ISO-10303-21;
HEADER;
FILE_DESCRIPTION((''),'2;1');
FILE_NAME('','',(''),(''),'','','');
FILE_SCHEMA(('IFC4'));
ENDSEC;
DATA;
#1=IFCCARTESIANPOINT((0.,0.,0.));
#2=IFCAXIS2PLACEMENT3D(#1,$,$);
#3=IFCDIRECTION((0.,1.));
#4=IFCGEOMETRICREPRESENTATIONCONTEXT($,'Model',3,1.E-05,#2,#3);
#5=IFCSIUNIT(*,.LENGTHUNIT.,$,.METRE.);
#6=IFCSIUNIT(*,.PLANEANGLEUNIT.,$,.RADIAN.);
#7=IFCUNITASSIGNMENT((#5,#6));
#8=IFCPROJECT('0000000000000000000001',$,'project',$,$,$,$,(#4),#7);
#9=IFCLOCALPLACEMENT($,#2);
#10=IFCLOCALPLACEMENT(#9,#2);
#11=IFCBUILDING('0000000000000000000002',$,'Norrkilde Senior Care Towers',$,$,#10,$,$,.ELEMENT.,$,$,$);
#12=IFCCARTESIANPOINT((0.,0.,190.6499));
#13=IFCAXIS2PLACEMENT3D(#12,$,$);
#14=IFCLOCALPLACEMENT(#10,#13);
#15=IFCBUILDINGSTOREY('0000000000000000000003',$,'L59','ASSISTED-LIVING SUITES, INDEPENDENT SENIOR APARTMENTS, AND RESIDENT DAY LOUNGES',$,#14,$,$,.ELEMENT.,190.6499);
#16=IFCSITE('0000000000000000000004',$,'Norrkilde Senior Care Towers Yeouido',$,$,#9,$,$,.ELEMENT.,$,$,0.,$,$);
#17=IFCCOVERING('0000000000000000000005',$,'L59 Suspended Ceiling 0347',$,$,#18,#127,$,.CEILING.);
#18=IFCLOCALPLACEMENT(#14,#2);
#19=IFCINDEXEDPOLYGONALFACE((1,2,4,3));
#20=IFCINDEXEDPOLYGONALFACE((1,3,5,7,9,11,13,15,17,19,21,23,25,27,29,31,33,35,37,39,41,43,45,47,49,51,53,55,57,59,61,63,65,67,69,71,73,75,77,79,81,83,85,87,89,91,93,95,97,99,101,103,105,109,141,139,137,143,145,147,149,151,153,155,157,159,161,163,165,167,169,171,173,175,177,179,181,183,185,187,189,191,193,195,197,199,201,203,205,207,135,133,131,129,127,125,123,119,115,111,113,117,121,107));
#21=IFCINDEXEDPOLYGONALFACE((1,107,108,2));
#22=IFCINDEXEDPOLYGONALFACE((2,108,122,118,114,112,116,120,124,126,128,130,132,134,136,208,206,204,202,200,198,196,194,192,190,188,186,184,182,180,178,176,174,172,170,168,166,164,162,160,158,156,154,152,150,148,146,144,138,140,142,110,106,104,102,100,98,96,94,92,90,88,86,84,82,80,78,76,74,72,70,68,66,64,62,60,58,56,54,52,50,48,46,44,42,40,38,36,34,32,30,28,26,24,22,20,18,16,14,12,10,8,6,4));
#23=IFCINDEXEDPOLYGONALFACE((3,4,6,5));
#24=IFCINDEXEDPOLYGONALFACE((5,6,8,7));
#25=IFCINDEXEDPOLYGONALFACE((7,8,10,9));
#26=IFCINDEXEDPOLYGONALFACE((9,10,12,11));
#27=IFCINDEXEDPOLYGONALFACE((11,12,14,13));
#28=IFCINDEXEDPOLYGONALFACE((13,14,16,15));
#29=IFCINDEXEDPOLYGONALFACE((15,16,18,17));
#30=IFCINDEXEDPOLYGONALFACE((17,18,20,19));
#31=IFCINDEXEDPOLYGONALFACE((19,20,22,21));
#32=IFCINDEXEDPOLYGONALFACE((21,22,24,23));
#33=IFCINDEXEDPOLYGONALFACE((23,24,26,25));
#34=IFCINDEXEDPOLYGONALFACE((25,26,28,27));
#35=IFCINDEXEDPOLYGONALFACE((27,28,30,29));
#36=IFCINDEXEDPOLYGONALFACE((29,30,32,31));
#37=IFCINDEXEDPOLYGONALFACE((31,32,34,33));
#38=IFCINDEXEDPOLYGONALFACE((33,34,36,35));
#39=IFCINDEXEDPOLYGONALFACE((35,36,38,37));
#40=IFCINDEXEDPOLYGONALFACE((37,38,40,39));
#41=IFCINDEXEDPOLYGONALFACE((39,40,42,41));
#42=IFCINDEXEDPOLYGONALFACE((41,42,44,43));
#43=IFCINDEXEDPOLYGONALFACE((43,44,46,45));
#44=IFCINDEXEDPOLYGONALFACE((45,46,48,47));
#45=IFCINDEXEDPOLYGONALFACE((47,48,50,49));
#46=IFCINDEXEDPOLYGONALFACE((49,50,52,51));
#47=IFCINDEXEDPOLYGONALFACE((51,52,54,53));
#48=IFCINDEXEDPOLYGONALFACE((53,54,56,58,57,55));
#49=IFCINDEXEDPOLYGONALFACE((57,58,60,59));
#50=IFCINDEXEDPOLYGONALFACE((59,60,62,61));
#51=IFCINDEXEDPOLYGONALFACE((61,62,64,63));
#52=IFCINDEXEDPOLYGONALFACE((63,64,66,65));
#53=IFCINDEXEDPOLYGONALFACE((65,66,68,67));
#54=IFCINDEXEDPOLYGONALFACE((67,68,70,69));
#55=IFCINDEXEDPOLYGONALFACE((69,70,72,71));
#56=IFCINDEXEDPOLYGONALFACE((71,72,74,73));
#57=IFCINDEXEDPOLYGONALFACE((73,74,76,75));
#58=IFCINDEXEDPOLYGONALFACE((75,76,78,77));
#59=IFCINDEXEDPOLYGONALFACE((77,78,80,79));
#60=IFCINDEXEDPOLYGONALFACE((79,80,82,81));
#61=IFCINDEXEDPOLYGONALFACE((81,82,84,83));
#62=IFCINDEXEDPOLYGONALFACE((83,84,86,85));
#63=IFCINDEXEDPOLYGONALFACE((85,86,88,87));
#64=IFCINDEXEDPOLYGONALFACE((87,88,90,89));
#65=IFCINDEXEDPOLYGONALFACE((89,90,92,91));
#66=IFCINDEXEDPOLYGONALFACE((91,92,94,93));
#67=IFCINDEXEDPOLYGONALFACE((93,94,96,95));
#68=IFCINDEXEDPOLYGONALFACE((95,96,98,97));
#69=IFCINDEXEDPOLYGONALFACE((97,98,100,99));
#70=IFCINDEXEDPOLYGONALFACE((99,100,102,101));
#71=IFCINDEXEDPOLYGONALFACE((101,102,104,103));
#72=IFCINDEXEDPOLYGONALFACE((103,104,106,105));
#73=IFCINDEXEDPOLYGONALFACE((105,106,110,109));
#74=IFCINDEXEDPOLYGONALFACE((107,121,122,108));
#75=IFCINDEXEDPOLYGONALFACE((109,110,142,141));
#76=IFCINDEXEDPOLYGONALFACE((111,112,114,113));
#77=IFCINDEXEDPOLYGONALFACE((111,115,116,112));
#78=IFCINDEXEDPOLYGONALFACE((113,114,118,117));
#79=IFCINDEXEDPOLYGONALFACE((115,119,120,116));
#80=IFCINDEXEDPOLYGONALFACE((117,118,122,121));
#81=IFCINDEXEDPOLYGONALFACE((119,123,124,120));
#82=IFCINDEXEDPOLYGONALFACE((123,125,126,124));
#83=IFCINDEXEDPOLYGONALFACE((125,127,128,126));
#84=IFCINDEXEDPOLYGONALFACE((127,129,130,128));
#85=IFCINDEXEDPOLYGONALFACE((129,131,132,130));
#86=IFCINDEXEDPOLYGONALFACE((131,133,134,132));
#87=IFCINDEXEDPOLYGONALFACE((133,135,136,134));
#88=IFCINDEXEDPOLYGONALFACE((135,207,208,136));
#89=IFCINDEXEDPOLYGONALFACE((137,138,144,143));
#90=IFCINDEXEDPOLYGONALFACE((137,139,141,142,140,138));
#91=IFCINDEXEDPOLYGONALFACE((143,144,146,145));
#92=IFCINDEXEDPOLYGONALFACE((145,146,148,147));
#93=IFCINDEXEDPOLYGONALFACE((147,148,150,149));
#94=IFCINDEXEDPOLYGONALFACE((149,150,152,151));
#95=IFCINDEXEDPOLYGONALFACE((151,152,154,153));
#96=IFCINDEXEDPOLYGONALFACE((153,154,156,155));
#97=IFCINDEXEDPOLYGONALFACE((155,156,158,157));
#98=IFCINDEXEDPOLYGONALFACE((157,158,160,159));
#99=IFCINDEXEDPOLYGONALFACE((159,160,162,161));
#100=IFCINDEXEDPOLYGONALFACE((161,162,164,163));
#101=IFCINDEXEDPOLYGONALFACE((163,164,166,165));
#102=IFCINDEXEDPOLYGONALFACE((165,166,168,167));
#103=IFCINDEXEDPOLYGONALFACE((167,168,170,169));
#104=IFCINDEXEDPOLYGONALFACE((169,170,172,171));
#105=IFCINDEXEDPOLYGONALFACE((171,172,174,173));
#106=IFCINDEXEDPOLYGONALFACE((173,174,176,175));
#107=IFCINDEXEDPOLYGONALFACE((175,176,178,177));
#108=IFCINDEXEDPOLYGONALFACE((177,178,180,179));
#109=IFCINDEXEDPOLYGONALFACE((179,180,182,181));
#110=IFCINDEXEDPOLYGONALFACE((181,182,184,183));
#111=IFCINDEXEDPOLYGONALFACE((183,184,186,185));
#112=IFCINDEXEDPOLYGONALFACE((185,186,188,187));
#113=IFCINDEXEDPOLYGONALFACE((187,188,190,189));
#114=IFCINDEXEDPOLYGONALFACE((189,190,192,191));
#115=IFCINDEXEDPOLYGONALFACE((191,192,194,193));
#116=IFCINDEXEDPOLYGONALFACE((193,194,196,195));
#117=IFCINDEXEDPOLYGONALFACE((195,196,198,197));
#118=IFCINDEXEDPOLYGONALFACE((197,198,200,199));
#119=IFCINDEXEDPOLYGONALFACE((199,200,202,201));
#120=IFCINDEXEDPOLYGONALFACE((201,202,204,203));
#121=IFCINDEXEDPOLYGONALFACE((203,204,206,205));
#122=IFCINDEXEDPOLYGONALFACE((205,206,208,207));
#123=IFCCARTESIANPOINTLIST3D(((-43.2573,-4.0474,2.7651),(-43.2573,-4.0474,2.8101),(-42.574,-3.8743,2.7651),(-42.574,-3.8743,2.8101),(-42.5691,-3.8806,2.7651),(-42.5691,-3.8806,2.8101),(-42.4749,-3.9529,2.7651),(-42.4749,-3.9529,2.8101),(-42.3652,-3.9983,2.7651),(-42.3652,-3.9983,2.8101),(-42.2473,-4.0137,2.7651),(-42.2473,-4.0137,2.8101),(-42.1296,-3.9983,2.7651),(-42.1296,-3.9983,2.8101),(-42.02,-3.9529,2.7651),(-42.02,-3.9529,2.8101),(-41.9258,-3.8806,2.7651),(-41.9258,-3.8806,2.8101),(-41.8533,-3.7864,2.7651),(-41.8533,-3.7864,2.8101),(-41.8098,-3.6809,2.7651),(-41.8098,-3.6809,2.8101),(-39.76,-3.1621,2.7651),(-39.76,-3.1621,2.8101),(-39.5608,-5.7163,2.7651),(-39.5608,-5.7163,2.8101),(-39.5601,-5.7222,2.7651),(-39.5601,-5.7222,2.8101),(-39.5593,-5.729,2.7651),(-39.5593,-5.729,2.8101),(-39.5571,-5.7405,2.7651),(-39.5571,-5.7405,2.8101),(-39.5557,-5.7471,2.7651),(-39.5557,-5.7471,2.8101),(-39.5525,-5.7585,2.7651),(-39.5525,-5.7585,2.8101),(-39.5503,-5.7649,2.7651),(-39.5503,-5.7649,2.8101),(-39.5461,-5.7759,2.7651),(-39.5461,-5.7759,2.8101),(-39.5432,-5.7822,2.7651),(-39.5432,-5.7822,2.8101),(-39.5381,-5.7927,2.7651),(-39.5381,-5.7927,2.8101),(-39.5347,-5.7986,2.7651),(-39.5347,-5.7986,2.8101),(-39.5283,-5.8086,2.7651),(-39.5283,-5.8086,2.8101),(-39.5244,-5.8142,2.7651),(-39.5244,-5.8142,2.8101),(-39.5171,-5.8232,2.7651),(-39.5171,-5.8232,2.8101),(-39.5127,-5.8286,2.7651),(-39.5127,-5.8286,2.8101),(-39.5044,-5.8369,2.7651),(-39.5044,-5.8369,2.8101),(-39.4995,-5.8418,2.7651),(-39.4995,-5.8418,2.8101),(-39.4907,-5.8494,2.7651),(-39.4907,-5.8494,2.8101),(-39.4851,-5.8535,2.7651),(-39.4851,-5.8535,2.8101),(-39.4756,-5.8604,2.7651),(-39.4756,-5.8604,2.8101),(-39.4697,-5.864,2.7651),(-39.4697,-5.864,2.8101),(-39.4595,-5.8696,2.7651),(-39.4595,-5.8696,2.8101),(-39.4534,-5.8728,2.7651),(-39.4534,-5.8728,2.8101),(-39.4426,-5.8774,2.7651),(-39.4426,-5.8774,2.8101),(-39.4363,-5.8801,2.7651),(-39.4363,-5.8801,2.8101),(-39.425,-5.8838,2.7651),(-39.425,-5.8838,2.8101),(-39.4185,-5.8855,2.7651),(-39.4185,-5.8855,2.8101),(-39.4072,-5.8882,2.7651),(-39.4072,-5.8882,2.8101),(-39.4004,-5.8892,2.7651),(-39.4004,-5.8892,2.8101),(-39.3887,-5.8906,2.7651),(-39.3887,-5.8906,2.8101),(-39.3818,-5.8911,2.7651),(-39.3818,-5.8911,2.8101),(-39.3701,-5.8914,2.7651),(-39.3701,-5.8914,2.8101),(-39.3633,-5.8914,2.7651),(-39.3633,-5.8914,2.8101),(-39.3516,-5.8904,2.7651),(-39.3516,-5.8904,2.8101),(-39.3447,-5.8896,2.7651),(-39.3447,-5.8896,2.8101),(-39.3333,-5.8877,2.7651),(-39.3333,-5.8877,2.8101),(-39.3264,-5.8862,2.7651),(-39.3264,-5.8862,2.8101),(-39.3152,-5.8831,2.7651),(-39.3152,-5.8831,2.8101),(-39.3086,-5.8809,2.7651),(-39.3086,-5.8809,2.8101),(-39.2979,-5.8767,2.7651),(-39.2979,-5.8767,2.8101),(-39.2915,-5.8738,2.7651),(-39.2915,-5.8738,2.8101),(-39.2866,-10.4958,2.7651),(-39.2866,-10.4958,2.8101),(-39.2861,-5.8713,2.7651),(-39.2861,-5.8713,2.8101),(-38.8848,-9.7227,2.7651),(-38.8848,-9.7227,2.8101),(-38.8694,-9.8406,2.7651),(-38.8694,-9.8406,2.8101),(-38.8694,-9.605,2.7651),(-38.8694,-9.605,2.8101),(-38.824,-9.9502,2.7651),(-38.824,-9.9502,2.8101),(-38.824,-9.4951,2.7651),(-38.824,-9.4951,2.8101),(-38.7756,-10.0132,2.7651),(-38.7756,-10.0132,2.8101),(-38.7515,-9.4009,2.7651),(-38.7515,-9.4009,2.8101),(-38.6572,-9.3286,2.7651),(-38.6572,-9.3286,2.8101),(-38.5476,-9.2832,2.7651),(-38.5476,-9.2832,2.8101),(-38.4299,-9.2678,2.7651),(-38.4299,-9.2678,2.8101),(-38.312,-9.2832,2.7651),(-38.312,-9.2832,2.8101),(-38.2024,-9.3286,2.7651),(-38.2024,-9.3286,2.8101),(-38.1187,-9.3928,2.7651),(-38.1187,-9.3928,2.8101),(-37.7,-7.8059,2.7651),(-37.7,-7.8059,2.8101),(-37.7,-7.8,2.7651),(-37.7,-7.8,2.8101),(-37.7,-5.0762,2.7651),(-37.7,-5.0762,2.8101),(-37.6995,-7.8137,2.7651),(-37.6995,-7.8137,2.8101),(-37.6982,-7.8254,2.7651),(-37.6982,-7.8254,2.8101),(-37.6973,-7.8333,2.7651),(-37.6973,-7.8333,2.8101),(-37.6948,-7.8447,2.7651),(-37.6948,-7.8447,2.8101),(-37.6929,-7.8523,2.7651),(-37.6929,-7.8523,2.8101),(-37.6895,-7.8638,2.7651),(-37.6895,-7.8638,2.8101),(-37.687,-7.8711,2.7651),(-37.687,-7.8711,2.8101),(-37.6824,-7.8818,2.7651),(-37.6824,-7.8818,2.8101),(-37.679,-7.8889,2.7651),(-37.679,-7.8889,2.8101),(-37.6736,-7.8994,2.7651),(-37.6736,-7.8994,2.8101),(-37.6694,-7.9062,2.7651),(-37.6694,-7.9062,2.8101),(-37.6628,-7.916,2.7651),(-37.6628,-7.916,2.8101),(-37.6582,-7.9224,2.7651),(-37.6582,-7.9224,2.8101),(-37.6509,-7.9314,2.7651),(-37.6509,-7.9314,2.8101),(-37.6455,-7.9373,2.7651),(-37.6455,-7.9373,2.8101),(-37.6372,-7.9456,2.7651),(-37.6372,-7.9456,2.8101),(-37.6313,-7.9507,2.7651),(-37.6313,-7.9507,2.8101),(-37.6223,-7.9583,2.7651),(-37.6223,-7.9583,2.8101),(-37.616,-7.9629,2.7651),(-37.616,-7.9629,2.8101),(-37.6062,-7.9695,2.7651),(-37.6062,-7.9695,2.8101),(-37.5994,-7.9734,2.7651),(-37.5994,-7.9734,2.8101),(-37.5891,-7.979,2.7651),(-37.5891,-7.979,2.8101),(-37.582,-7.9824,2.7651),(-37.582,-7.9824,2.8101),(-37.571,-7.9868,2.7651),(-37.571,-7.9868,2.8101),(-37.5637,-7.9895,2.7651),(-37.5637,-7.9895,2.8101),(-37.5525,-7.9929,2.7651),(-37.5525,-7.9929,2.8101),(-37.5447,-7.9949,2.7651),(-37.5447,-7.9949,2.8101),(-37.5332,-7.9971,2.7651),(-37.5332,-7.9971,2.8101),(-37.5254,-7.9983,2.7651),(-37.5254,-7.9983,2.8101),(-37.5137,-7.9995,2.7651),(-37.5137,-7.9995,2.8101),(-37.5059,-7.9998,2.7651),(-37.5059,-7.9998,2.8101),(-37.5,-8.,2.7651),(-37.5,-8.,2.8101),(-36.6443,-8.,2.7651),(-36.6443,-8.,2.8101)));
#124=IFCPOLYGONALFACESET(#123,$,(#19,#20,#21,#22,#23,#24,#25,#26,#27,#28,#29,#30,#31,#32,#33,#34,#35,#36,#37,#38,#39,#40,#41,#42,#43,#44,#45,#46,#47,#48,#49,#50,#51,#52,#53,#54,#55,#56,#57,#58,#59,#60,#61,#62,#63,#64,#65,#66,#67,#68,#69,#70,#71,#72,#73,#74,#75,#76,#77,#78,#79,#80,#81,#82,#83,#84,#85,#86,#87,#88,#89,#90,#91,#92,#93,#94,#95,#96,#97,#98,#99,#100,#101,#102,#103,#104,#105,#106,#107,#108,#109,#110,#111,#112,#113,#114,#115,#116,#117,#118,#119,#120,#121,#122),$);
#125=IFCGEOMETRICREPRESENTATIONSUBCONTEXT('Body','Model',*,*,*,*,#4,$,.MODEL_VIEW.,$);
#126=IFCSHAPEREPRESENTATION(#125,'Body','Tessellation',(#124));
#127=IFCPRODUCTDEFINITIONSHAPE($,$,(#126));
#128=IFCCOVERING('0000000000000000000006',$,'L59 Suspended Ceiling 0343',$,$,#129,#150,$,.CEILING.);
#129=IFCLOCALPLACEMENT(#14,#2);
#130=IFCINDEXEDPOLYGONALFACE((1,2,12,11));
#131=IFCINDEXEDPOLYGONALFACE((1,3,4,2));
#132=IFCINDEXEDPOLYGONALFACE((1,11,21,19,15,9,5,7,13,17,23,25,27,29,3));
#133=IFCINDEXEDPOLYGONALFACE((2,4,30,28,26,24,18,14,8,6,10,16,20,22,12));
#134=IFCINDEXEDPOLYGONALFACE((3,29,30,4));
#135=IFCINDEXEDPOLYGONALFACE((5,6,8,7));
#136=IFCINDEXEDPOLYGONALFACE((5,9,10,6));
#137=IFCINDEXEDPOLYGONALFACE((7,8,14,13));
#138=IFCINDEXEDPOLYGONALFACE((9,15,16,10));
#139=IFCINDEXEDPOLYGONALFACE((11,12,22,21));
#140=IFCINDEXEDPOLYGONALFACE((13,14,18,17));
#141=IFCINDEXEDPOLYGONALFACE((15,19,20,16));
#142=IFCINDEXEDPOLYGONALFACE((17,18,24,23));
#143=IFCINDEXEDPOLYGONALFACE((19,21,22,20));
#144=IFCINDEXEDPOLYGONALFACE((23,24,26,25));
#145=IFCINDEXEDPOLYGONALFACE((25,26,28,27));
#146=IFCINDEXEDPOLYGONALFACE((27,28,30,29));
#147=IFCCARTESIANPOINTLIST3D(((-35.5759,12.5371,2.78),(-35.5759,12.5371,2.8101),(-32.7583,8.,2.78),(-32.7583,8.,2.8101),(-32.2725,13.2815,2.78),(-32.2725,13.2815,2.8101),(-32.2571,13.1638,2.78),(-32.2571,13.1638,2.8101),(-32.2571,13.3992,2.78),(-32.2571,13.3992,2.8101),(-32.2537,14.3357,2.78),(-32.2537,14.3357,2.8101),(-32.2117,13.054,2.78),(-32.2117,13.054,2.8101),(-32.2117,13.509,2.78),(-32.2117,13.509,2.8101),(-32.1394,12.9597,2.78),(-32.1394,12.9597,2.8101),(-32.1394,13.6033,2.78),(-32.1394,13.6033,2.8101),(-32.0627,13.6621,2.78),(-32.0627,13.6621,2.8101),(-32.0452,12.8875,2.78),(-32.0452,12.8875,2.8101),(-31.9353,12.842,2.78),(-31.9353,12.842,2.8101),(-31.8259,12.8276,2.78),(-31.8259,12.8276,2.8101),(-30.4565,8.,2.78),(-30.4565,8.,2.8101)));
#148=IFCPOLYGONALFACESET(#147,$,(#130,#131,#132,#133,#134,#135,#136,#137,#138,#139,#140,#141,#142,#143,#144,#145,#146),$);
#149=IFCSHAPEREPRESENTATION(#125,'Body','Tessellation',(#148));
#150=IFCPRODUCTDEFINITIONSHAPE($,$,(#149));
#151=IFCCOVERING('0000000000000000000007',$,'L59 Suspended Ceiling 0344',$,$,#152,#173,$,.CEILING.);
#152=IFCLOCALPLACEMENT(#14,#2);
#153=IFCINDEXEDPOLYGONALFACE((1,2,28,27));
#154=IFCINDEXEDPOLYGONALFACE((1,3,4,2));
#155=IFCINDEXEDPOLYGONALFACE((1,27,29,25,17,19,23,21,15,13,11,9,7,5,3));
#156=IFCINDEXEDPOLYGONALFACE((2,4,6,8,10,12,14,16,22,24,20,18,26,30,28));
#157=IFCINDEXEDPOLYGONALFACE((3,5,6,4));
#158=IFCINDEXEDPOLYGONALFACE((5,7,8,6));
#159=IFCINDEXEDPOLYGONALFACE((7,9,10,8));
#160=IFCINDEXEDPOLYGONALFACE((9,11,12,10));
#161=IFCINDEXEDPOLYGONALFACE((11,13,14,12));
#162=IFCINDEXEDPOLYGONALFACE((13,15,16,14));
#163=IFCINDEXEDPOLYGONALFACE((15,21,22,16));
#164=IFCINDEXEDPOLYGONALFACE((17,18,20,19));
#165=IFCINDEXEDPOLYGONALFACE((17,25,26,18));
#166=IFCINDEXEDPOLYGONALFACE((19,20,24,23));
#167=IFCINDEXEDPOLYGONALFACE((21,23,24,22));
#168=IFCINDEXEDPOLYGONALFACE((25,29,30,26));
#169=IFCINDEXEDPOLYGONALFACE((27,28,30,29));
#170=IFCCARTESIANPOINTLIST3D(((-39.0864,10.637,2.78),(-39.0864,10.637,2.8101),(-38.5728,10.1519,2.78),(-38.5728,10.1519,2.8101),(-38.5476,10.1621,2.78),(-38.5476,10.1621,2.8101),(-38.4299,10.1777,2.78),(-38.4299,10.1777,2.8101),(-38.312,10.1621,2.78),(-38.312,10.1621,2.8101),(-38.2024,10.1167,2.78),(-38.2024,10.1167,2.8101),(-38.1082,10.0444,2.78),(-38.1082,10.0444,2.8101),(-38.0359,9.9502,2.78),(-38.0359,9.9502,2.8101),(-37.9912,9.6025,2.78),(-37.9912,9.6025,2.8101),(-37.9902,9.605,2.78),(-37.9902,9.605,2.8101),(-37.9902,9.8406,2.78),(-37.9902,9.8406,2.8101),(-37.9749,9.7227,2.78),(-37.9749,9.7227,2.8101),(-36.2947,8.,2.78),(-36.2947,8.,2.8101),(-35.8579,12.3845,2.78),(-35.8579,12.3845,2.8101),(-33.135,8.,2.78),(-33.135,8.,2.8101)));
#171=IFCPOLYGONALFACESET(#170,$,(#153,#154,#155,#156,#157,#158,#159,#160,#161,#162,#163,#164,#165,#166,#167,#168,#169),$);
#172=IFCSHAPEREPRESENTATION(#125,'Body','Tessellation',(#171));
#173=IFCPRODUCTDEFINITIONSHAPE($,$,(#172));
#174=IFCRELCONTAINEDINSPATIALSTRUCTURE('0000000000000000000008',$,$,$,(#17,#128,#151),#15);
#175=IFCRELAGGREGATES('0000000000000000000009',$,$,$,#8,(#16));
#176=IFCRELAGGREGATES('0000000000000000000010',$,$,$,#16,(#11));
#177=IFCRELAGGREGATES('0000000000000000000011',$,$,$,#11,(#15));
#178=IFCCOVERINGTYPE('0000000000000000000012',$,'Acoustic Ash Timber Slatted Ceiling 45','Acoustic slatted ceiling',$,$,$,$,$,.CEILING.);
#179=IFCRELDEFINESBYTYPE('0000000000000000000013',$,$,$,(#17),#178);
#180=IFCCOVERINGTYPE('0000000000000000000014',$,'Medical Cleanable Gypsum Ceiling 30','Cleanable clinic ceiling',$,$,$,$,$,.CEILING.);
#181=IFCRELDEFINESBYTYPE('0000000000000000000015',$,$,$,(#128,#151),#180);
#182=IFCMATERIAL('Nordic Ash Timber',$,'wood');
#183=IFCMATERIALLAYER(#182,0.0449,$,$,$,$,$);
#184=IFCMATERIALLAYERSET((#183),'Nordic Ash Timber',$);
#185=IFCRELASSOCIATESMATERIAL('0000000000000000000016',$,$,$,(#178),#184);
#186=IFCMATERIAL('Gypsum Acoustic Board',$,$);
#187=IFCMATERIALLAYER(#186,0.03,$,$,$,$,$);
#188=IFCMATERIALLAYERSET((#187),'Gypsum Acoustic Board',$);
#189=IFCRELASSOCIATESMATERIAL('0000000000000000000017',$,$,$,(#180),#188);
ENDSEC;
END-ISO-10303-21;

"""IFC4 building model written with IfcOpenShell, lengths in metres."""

from ifc_helpers import new_model, si_unit, direction, frame, origin, place, context, subcontext, project, spatial, polyline, outline, extrude, material, layer, layer_set, type_object, element, save


model = new_model("IFC4")

# Units and contexts
model_context = context("Model", 3, precision=1e-05, world=origin(), true_north=direction((0.0, 1.0)))
body_context = subcontext(model_context, "Body", "Model", "MODEL_VIEW")
ifc_project = project(units=[si_unit("LENGTHUNIT", "METRE"), si_unit("PLANEANGLEUNIT", "RADIAN")], contexts=[model_context])

# Site, building, storey
site_placement = place(None, origin())
site = spatial("IfcSite", under=ifc_project, at=site_placement, Name="Norrkilde Senior Care Towers Yeouido", CompositionType="ELEMENT", RefElevation=0.0)
building_placement = place(site_placement, origin())
building = spatial("IfcBuilding", under=site, at=building_placement, Name="Norrkilde Senior Care Towers", CompositionType="ELEMENT")
storey_placement = place(building_placement, frame((0.0, 0.0, 190.6499)))
storey = spatial("IfcBuildingStorey", under=building, at=storey_placement, Name="L59", Description="ASSISTED-LIVING SUITES, INDEPENDENT SENIOR APARTMENTS, AND RESIDENT DAY LOUNGES", CompositionType="ELEMENT", Elevation=190.6499)

# Coverings
ifc_material_1 = material(Name="Nordic Ash Timber", Category="wood")
ifc_layer_1 = layer(ifc_material_1, 0.0449)
ifc_layer_set_1 = layer_set([ifc_layer_1], Name="Nordic Ash Timber")
covering_type_1 = type_object("IfcCoveringType", Name="Acoustic Ash Timber Slatted Ceiling 45", Description="Acoustic slatted ceiling", PredefinedType="CEILING", material=ifc_layer_set_1)
covering_1_placement = place(storey_placement, frame((0.0, 0.0, 2.7651)))
element("IfcCovering", 1, at=covering_1_placement, inside=storey, type_object=covering_type_1, Name="L59 Suspended Ceiling 0347", PredefinedType="CEILING", context=body_context, shape_type="SweptSolid", body=[
    extrude(outline(polyline([(-39.5557, -5.7471), (-39.5525, -5.7585), (-39.5503, -5.7649), (-39.5461, -5.7759), (-39.5432, -5.7822), (-39.5381, -5.7927), (-39.5347, -5.7986), (-39.5283, -5.8086), (-39.5244, -5.8142), (-39.5171, -5.8232), (-39.5127, -5.8286), (-39.5044, -5.8369), (-39.4995, -5.8418), (-39.4907, -5.8494), (-39.4851, -5.8535), (-39.4756, -5.8604), (-39.4697, -5.864), (-39.4595, -5.8696), (-39.4534, -5.8728), (-39.4426, -5.8774), (-39.4363, -5.8801), (-39.425, -5.8838), (-39.4185, -5.8855), (-39.4072, -5.8882), (-39.4004, -5.8892), (-39.3887, -5.8906), (-39.3818, -5.8911), (-39.3701, -5.8914), (-39.3633, -5.8914), (-39.3516, -5.8904), (-39.3447, -5.8896), (-39.3333, -5.8877), (-39.3264, -5.8862), (-39.3152, -5.8831), (-39.3086, -5.8809), (-39.2979, -5.8767), (-39.2915, -5.8738), (-39.2861, -5.8713), (-37.7, -5.0762), (-37.7, -7.8), (-37.7, -7.8059), (-37.6995, -7.8137), (-37.6982, -7.8254), (-37.6973, -7.8333), (-37.6948, -7.8447), (-37.6929, -7.8523), (-37.6895, -7.8638), (-37.687, -7.8711), (-37.6824, -7.8818), (-37.679, -7.8889), (-37.6736, -7.8994), (-37.6694, -7.9062), (-37.6628, -7.916), (-37.6582, -7.9224), (-37.6509, -7.9314), (-37.6455, -7.9373), (-37.6372, -7.9456), (-37.6313, -7.9507), (-37.6223, -7.9583), (-37.616, -7.9629), (-37.6062, -7.9695), (-37.5994, -7.9734), (-37.5891, -7.979), (-37.582, -7.9824), (-37.571, -7.9868), (-37.5637, -7.9895), (-37.5525, -7.9929), (-37.5447, -7.9949), (-37.5332, -7.9971), (-37.5254, -7.9983), (-37.5137, -7.9995), (-37.5059, -7.9998), (-37.5, -8.0), (-36.6443, -8.0), (-38.1187, -9.3928), (-38.2024, -9.3286), (-38.312, -9.2832), (-38.4299, -9.2678), (-38.5476, -9.2832), (-38.6572, -9.3286), (-38.7515, -9.4009), (-38.824, -9.4951), (-38.8694, -9.605), (-38.8848, -9.7227), (-38.8694, -9.8406), (-38.824, -9.9502), (-38.7756, -10.0132), (-39.2866, -10.4958), (-43.2573, -4.0474), (-42.574, -3.8743), (-42.5691, -3.8806), (-42.4749, -3.9529), (-42.3652, -3.9983), (-42.2473, -4.0137), (-42.1296, -3.9983), (-42.02, -3.9529), (-41.9258, -3.8806), (-41.8533, -3.7864), (-41.8098, -3.6809), (-39.76, -3.1621), (-39.5608, -5.7163), (-39.5601, -5.7222), (-39.5593, -5.729), (-39.5571, -5.7405), (-39.5557, -5.7471)])), origin(), (0.0, 0.0, 1.0), 0.0449),
])
ifc_material_2 = material(Name="Gypsum Acoustic Board")
ifc_layer_2 = layer(ifc_material_2, 0.03)
ifc_layer_set_2 = layer_set([ifc_layer_2], Name="Gypsum Acoustic Board")
covering_type_2 = type_object("IfcCoveringType", Name="Medical Cleanable Gypsum Ceiling 30", Description="Cleanable clinic ceiling", PredefinedType="CEILING", material=ifc_layer_set_2)
covering_2_placement = place(storey_placement, frame((0.0, 0.0, 2.78)))
element("IfcCovering", 2, at=covering_2_placement, inside=storey, type_object=covering_type_2, Name="L59 Suspended Ceiling 0343", PredefinedType="CEILING", context=body_context, shape_type="SweptSolid", body=[
    extrude(outline(polyline([(-32.0627, 13.6621), (-32.1394, 13.6033), (-32.2117, 13.509), (-32.2571, 13.3992), (-32.2725, 13.2815), (-32.2571, 13.1638), (-32.2117, 13.054), (-32.1394, 12.9597), (-32.0452, 12.8875), (-31.9353, 12.842), (-31.8259, 12.8276), (-30.4565, 8.0), (-32.7583, 8.0), (-35.5759, 12.5371), (-32.2537, 14.3357), (-32.0627, 13.6621)])), origin(), (0.0, 0.0, 1.0), 0.03),
])
covering_3_placement = place(storey_placement, frame((0.0, 0.0, 2.78)))
element("IfcCovering", 3, at=covering_3_placement, inside=storey, type_object=covering_type_2, Name="L59 Suspended Ceiling 0344", PredefinedType="CEILING", context=body_context, shape_type="SweptSolid", body=[
    extrude(outline(polyline([(-36.2947, 8.0), (-37.9912, 9.6025), (-37.9902, 9.605), (-37.9749, 9.7227), (-37.9902, 9.8406), (-38.0359, 9.9502), (-38.1082, 10.0444), (-38.2024, 10.1167), (-38.312, 10.1621), (-38.4299, 10.1777), (-38.5476, 10.1621), (-38.5728, 10.1519), (-39.0864, 10.637), (-35.8579, 12.3845), (-33.135, 8.0), (-36.2947, 8.0)])), origin(), (0.0, 0.0, 1.0), 0.03),
])

save(model, "model.ifc")
